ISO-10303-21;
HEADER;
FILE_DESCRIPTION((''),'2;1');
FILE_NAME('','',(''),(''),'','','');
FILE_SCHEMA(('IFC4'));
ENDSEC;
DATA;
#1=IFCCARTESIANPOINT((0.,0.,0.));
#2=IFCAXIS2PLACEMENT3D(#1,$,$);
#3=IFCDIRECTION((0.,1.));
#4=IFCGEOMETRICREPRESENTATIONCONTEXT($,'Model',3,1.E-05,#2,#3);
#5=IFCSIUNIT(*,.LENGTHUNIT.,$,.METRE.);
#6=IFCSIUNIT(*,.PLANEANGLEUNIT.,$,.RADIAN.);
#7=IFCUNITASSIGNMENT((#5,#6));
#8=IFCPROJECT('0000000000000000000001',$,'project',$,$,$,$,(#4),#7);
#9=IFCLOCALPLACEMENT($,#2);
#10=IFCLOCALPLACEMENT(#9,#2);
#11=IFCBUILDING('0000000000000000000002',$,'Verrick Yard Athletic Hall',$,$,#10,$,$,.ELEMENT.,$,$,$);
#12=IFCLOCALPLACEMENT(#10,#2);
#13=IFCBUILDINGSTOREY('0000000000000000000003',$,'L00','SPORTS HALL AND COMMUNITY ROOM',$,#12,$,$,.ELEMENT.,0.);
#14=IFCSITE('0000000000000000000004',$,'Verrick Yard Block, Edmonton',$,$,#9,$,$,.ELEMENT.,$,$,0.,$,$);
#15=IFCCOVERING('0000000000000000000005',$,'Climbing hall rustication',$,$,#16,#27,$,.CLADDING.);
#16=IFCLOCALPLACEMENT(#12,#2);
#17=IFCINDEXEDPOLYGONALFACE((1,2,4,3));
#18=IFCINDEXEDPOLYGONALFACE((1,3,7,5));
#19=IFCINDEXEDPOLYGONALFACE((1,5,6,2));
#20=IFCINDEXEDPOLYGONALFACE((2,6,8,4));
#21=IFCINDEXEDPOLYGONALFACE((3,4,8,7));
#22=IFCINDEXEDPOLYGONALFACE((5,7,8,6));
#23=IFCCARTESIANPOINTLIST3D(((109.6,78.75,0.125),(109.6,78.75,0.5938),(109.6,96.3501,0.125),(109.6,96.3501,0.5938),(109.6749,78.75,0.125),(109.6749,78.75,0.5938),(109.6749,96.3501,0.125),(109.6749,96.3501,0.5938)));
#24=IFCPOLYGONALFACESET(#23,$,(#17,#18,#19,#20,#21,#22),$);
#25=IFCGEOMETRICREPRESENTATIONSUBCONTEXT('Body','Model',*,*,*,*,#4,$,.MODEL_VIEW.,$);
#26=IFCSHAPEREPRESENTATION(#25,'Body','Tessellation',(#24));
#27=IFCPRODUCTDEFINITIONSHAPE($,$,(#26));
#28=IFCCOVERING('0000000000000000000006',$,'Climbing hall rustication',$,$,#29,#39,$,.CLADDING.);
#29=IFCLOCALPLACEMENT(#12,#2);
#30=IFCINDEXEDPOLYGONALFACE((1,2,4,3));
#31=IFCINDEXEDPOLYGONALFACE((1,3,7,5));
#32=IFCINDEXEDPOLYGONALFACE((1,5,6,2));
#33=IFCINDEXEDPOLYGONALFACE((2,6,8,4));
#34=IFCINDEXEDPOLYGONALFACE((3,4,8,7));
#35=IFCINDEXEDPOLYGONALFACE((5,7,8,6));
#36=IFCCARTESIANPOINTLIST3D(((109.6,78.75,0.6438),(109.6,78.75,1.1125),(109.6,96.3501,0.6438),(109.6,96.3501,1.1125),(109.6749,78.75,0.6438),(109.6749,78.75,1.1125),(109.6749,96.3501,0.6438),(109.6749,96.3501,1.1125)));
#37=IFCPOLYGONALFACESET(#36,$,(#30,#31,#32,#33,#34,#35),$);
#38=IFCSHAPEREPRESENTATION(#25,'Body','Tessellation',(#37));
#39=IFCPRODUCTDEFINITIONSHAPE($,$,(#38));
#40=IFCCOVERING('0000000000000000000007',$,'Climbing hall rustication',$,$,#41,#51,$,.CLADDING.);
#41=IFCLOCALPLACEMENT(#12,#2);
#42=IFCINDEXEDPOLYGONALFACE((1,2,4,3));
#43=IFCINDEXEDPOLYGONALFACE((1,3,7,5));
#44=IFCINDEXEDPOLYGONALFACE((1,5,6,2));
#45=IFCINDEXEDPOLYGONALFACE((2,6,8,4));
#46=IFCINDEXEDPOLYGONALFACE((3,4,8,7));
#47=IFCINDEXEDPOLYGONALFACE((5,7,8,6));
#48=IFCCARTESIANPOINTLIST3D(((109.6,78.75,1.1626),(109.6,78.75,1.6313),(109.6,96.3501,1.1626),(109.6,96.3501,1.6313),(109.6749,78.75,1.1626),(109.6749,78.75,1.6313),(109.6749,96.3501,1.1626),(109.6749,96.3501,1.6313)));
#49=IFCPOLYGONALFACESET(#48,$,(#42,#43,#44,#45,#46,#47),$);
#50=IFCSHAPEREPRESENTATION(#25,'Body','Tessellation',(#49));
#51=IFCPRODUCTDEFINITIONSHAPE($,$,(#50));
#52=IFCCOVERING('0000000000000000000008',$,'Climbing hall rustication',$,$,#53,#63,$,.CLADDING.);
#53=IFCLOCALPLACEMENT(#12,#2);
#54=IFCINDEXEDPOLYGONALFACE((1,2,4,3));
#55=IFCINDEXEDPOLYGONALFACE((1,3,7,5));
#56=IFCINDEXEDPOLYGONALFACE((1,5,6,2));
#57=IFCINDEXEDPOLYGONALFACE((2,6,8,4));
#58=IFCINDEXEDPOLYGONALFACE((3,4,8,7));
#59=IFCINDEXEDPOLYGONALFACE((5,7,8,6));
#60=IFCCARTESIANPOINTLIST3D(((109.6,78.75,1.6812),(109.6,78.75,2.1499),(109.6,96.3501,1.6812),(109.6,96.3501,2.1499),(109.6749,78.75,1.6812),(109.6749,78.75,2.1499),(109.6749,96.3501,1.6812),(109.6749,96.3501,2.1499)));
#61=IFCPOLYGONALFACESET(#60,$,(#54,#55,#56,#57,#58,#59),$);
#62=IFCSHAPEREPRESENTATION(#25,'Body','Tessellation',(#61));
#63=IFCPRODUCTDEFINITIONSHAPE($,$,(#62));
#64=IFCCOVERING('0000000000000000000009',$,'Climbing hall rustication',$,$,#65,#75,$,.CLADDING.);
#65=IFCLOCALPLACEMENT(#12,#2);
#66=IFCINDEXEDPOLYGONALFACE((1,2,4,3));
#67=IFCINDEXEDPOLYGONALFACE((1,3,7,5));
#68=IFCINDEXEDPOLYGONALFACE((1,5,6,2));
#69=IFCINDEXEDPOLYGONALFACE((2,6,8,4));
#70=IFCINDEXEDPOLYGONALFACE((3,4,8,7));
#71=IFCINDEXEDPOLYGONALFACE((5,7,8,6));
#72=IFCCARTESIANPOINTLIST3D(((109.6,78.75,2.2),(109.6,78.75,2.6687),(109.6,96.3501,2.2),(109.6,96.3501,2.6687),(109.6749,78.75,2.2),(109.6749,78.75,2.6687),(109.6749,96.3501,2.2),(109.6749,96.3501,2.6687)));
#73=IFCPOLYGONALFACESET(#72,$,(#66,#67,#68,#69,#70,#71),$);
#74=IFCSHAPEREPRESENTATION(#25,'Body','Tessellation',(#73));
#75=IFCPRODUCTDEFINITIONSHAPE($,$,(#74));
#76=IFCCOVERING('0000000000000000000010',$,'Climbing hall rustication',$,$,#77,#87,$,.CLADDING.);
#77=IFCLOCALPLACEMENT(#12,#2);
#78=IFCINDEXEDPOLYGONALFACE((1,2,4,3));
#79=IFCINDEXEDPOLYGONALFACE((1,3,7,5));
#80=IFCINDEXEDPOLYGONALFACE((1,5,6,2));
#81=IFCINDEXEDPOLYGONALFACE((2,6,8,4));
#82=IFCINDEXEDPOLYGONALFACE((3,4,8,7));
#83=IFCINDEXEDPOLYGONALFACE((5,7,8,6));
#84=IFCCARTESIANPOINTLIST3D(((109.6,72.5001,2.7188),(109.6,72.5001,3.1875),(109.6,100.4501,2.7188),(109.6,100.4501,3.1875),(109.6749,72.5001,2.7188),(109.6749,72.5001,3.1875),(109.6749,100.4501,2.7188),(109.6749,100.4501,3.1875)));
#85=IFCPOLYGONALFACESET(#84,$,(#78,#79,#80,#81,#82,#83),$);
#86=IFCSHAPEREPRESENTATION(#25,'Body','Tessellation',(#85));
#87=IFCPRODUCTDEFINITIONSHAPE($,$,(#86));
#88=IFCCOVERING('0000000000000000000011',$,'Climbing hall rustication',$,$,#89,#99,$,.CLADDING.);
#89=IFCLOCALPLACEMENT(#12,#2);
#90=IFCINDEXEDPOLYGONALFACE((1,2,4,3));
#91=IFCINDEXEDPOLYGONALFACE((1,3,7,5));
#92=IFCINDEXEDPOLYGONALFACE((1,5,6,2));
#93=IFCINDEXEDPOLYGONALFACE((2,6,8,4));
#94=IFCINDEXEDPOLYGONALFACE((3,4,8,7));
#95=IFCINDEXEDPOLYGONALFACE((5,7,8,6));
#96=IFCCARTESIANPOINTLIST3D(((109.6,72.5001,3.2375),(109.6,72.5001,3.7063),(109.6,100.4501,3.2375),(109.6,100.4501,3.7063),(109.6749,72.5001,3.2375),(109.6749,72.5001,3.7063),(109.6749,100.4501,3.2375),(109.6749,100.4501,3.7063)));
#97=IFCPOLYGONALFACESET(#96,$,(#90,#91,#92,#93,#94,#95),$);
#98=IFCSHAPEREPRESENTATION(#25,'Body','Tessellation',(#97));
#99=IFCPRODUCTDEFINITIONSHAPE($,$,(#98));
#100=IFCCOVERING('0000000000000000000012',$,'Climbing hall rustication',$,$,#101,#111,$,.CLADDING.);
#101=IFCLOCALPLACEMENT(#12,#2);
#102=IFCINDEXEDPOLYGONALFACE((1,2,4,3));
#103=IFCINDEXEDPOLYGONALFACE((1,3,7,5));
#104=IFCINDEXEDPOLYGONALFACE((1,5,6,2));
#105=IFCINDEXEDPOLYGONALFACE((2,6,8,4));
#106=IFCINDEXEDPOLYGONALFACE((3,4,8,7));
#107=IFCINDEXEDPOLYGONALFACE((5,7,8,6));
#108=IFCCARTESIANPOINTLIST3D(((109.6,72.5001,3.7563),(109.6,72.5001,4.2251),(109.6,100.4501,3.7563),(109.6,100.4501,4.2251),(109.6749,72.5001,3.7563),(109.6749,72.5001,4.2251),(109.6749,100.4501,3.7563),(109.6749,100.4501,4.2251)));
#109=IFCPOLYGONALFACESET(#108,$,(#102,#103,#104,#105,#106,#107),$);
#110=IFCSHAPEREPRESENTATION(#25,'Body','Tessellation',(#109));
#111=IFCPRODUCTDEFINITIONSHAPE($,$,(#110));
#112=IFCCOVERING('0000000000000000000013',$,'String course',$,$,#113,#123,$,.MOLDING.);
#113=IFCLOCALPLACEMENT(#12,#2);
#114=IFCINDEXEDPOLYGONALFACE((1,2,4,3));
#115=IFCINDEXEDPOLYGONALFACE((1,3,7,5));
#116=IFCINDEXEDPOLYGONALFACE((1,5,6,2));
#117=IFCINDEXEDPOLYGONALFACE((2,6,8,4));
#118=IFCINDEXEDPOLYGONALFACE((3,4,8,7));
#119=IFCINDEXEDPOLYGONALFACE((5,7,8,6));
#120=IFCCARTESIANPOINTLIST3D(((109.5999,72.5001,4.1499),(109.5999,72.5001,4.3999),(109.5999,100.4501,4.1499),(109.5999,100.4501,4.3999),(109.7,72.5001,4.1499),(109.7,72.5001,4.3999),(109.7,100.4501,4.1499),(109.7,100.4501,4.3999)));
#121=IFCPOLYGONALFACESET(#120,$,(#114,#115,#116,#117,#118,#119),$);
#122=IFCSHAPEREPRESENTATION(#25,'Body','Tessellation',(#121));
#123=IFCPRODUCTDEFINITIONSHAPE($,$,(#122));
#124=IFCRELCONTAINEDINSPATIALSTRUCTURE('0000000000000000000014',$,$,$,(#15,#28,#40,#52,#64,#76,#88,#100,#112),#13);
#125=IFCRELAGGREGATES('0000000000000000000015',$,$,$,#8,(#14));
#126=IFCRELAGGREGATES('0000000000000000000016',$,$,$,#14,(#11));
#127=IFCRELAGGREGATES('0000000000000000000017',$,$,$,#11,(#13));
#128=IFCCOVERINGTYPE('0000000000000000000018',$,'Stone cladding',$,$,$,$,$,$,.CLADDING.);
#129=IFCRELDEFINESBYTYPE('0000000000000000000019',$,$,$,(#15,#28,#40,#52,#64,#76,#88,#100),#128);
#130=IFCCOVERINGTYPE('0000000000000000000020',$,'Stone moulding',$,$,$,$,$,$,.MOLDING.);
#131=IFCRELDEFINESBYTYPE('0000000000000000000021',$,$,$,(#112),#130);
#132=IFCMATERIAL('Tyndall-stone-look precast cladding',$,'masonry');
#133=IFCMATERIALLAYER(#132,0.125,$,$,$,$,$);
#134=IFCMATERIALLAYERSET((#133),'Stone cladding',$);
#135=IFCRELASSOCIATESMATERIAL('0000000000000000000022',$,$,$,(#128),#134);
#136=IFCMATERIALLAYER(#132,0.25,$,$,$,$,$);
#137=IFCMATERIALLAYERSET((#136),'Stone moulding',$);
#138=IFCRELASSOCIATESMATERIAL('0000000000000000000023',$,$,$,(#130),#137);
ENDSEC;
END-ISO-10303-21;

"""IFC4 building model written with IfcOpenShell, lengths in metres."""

from ifc_helpers import new_model, si_unit, direction, frame, origin, origin_2d, place, context, subcontext, project, spatial, rectangle, extrude, material, layer, layer_set, type_object, element, save


model = new_model("IFC4")

# Units and contexts
model_context = context("Model", 3, precision=1e-05, world=origin(), true_north=direction((0.0, 1.0)))
body_context = subcontext(model_context, "Body", "Model", "MODEL_VIEW")
ifc_project = project(units=[si_unit("LENGTHUNIT", "METRE"), si_unit("PLANEANGLEUNIT", "RADIAN")], contexts=[model_context])

# Site, building, storey
site_placement = place(None, origin())
site = spatial("IfcSite", under=ifc_project, at=site_placement, Name="Verrick Yard Block, Edmonton", CompositionType="ELEMENT", RefElevation=0.0)
building_placement = place(site_placement, origin())
building = spatial("IfcBuilding", under=site, at=building_placement, Name="Verrick Yard Athletic Hall", CompositionType="ELEMENT")
storey_placement = place(building_placement, origin())
storey = spatial("IfcBuildingStorey", under=building, at=storey_placement, Name="L00", Description="SPORTS HALL AND COMMUNITY ROOM", CompositionType="ELEMENT", Elevation=0.0)

# Coverings
ifc_material_1 = material(Name="Tyndall-stone-look precast cladding", Category="masonry")
ifc_layer_1 = layer(ifc_material_1, 0.125)
ifc_layer_set_1 = layer_set([ifc_layer_1], Name="Stone cladding")
covering_type_1 = type_object("IfcCoveringType", Name="Stone cladding", PredefinedType="CLADDING", material=ifc_layer_set_1)
for number, where, z_axis, x_axis, name in (
    (1, (109.6375, 87.55, 0.125), (0.0, 0.0, 1.0), (0.0, 1.0, 0.0), "Climbing hall rustication"),
    (2, (109.6375, 87.55, 0.6438), (0.0, 0.0, 1.0), (0.0, 1.0, 0.0), "Climbing hall rustication"),
    (3, (109.6375, 87.55, 1.1626), (0.0, 0.0, 1.0), (0.0, 1.0, 0.0), "Climbing hall rustication"),
    (4, (109.6375, 87.55, 1.6812), (0.0, 0.0, 1.0), (0.0, 1.0, 0.0), "Climbing hall rustication"),
    (5, (109.6375, 87.55, 2.2), (0.0, 0.0, 1.0), (0.0, 1.0, 0.0), "Climbing hall rustication"),
):
    element("IfcCovering", number, at=place(storey_placement, frame(where, z_axis=z_axis, x_axis=x_axis)), inside=storey, type_object=covering_type_1, Name=name, PredefinedType="CLADDING", context=body_context, shape_type="SweptSolid", body=[
        extrude(rectangle(XDim=17.6001, YDim=0.075, at=origin_2d()), origin(), (0.0, 0.0, 1.0), 0.4688),
    ])
for number, where, z_axis, x_axis, name in (
    (6, (109.6375, 86.4751, 2.7188), (0.0, 0.0, 1.0), (0.0, 1.0, 0.0), "Climbing hall rustication"),
    (7, (109.6375, 86.4751, 3.2375), (0.0, 0.0, 1.0), (0.0, 1.0, 0.0), "Climbing hall rustication"),
    (8, (109.6375, 86.4751, 3.7563), (0.0, 0.0, 1.0), (0.0, 1.0, 0.0), "Climbing hall rustication"),
):
    element("IfcCovering", number, at=place(storey_placement, frame(where, z_axis=z_axis, x_axis=x_axis)), inside=storey, type_object=covering_type_1, Name=name, PredefinedType="CLADDING", context=body_context, shape_type="SweptSolid", body=[
        extrude(rectangle(XDim=27.95, YDim=0.075, at=origin_2d()), origin(), (0.0, 0.0, 1.0), 0.4688),
    ])
ifc_layer_2 = layer(ifc_material_1, 0.25)
ifc_layer_set_2 = layer_set([ifc_layer_2], Name="Stone moulding")
covering_type_2 = type_object("IfcCoveringType", Name="Stone moulding", PredefinedType="MOLDING", material=ifc_layer_set_2)
covering_placement = place(storey_placement, frame((109.6499, 86.4751, 4.1499), z_axis=(0.0, 0.0, 1.0), x_axis=(0.0, 1.0, 0.0)))
element("IfcCovering", 9, at=covering_placement, inside=storey, type_object=covering_type_2, Name="String course", PredefinedType="MOLDING", context=body_context, shape_type="SweptSolid", body=[
    extrude(rectangle(XDim=27.95, YDim=0.1001, at=origin_2d()), origin(), (0.0, 0.0, 1.0), 0.25),
])

save(model, "model.ifc")
